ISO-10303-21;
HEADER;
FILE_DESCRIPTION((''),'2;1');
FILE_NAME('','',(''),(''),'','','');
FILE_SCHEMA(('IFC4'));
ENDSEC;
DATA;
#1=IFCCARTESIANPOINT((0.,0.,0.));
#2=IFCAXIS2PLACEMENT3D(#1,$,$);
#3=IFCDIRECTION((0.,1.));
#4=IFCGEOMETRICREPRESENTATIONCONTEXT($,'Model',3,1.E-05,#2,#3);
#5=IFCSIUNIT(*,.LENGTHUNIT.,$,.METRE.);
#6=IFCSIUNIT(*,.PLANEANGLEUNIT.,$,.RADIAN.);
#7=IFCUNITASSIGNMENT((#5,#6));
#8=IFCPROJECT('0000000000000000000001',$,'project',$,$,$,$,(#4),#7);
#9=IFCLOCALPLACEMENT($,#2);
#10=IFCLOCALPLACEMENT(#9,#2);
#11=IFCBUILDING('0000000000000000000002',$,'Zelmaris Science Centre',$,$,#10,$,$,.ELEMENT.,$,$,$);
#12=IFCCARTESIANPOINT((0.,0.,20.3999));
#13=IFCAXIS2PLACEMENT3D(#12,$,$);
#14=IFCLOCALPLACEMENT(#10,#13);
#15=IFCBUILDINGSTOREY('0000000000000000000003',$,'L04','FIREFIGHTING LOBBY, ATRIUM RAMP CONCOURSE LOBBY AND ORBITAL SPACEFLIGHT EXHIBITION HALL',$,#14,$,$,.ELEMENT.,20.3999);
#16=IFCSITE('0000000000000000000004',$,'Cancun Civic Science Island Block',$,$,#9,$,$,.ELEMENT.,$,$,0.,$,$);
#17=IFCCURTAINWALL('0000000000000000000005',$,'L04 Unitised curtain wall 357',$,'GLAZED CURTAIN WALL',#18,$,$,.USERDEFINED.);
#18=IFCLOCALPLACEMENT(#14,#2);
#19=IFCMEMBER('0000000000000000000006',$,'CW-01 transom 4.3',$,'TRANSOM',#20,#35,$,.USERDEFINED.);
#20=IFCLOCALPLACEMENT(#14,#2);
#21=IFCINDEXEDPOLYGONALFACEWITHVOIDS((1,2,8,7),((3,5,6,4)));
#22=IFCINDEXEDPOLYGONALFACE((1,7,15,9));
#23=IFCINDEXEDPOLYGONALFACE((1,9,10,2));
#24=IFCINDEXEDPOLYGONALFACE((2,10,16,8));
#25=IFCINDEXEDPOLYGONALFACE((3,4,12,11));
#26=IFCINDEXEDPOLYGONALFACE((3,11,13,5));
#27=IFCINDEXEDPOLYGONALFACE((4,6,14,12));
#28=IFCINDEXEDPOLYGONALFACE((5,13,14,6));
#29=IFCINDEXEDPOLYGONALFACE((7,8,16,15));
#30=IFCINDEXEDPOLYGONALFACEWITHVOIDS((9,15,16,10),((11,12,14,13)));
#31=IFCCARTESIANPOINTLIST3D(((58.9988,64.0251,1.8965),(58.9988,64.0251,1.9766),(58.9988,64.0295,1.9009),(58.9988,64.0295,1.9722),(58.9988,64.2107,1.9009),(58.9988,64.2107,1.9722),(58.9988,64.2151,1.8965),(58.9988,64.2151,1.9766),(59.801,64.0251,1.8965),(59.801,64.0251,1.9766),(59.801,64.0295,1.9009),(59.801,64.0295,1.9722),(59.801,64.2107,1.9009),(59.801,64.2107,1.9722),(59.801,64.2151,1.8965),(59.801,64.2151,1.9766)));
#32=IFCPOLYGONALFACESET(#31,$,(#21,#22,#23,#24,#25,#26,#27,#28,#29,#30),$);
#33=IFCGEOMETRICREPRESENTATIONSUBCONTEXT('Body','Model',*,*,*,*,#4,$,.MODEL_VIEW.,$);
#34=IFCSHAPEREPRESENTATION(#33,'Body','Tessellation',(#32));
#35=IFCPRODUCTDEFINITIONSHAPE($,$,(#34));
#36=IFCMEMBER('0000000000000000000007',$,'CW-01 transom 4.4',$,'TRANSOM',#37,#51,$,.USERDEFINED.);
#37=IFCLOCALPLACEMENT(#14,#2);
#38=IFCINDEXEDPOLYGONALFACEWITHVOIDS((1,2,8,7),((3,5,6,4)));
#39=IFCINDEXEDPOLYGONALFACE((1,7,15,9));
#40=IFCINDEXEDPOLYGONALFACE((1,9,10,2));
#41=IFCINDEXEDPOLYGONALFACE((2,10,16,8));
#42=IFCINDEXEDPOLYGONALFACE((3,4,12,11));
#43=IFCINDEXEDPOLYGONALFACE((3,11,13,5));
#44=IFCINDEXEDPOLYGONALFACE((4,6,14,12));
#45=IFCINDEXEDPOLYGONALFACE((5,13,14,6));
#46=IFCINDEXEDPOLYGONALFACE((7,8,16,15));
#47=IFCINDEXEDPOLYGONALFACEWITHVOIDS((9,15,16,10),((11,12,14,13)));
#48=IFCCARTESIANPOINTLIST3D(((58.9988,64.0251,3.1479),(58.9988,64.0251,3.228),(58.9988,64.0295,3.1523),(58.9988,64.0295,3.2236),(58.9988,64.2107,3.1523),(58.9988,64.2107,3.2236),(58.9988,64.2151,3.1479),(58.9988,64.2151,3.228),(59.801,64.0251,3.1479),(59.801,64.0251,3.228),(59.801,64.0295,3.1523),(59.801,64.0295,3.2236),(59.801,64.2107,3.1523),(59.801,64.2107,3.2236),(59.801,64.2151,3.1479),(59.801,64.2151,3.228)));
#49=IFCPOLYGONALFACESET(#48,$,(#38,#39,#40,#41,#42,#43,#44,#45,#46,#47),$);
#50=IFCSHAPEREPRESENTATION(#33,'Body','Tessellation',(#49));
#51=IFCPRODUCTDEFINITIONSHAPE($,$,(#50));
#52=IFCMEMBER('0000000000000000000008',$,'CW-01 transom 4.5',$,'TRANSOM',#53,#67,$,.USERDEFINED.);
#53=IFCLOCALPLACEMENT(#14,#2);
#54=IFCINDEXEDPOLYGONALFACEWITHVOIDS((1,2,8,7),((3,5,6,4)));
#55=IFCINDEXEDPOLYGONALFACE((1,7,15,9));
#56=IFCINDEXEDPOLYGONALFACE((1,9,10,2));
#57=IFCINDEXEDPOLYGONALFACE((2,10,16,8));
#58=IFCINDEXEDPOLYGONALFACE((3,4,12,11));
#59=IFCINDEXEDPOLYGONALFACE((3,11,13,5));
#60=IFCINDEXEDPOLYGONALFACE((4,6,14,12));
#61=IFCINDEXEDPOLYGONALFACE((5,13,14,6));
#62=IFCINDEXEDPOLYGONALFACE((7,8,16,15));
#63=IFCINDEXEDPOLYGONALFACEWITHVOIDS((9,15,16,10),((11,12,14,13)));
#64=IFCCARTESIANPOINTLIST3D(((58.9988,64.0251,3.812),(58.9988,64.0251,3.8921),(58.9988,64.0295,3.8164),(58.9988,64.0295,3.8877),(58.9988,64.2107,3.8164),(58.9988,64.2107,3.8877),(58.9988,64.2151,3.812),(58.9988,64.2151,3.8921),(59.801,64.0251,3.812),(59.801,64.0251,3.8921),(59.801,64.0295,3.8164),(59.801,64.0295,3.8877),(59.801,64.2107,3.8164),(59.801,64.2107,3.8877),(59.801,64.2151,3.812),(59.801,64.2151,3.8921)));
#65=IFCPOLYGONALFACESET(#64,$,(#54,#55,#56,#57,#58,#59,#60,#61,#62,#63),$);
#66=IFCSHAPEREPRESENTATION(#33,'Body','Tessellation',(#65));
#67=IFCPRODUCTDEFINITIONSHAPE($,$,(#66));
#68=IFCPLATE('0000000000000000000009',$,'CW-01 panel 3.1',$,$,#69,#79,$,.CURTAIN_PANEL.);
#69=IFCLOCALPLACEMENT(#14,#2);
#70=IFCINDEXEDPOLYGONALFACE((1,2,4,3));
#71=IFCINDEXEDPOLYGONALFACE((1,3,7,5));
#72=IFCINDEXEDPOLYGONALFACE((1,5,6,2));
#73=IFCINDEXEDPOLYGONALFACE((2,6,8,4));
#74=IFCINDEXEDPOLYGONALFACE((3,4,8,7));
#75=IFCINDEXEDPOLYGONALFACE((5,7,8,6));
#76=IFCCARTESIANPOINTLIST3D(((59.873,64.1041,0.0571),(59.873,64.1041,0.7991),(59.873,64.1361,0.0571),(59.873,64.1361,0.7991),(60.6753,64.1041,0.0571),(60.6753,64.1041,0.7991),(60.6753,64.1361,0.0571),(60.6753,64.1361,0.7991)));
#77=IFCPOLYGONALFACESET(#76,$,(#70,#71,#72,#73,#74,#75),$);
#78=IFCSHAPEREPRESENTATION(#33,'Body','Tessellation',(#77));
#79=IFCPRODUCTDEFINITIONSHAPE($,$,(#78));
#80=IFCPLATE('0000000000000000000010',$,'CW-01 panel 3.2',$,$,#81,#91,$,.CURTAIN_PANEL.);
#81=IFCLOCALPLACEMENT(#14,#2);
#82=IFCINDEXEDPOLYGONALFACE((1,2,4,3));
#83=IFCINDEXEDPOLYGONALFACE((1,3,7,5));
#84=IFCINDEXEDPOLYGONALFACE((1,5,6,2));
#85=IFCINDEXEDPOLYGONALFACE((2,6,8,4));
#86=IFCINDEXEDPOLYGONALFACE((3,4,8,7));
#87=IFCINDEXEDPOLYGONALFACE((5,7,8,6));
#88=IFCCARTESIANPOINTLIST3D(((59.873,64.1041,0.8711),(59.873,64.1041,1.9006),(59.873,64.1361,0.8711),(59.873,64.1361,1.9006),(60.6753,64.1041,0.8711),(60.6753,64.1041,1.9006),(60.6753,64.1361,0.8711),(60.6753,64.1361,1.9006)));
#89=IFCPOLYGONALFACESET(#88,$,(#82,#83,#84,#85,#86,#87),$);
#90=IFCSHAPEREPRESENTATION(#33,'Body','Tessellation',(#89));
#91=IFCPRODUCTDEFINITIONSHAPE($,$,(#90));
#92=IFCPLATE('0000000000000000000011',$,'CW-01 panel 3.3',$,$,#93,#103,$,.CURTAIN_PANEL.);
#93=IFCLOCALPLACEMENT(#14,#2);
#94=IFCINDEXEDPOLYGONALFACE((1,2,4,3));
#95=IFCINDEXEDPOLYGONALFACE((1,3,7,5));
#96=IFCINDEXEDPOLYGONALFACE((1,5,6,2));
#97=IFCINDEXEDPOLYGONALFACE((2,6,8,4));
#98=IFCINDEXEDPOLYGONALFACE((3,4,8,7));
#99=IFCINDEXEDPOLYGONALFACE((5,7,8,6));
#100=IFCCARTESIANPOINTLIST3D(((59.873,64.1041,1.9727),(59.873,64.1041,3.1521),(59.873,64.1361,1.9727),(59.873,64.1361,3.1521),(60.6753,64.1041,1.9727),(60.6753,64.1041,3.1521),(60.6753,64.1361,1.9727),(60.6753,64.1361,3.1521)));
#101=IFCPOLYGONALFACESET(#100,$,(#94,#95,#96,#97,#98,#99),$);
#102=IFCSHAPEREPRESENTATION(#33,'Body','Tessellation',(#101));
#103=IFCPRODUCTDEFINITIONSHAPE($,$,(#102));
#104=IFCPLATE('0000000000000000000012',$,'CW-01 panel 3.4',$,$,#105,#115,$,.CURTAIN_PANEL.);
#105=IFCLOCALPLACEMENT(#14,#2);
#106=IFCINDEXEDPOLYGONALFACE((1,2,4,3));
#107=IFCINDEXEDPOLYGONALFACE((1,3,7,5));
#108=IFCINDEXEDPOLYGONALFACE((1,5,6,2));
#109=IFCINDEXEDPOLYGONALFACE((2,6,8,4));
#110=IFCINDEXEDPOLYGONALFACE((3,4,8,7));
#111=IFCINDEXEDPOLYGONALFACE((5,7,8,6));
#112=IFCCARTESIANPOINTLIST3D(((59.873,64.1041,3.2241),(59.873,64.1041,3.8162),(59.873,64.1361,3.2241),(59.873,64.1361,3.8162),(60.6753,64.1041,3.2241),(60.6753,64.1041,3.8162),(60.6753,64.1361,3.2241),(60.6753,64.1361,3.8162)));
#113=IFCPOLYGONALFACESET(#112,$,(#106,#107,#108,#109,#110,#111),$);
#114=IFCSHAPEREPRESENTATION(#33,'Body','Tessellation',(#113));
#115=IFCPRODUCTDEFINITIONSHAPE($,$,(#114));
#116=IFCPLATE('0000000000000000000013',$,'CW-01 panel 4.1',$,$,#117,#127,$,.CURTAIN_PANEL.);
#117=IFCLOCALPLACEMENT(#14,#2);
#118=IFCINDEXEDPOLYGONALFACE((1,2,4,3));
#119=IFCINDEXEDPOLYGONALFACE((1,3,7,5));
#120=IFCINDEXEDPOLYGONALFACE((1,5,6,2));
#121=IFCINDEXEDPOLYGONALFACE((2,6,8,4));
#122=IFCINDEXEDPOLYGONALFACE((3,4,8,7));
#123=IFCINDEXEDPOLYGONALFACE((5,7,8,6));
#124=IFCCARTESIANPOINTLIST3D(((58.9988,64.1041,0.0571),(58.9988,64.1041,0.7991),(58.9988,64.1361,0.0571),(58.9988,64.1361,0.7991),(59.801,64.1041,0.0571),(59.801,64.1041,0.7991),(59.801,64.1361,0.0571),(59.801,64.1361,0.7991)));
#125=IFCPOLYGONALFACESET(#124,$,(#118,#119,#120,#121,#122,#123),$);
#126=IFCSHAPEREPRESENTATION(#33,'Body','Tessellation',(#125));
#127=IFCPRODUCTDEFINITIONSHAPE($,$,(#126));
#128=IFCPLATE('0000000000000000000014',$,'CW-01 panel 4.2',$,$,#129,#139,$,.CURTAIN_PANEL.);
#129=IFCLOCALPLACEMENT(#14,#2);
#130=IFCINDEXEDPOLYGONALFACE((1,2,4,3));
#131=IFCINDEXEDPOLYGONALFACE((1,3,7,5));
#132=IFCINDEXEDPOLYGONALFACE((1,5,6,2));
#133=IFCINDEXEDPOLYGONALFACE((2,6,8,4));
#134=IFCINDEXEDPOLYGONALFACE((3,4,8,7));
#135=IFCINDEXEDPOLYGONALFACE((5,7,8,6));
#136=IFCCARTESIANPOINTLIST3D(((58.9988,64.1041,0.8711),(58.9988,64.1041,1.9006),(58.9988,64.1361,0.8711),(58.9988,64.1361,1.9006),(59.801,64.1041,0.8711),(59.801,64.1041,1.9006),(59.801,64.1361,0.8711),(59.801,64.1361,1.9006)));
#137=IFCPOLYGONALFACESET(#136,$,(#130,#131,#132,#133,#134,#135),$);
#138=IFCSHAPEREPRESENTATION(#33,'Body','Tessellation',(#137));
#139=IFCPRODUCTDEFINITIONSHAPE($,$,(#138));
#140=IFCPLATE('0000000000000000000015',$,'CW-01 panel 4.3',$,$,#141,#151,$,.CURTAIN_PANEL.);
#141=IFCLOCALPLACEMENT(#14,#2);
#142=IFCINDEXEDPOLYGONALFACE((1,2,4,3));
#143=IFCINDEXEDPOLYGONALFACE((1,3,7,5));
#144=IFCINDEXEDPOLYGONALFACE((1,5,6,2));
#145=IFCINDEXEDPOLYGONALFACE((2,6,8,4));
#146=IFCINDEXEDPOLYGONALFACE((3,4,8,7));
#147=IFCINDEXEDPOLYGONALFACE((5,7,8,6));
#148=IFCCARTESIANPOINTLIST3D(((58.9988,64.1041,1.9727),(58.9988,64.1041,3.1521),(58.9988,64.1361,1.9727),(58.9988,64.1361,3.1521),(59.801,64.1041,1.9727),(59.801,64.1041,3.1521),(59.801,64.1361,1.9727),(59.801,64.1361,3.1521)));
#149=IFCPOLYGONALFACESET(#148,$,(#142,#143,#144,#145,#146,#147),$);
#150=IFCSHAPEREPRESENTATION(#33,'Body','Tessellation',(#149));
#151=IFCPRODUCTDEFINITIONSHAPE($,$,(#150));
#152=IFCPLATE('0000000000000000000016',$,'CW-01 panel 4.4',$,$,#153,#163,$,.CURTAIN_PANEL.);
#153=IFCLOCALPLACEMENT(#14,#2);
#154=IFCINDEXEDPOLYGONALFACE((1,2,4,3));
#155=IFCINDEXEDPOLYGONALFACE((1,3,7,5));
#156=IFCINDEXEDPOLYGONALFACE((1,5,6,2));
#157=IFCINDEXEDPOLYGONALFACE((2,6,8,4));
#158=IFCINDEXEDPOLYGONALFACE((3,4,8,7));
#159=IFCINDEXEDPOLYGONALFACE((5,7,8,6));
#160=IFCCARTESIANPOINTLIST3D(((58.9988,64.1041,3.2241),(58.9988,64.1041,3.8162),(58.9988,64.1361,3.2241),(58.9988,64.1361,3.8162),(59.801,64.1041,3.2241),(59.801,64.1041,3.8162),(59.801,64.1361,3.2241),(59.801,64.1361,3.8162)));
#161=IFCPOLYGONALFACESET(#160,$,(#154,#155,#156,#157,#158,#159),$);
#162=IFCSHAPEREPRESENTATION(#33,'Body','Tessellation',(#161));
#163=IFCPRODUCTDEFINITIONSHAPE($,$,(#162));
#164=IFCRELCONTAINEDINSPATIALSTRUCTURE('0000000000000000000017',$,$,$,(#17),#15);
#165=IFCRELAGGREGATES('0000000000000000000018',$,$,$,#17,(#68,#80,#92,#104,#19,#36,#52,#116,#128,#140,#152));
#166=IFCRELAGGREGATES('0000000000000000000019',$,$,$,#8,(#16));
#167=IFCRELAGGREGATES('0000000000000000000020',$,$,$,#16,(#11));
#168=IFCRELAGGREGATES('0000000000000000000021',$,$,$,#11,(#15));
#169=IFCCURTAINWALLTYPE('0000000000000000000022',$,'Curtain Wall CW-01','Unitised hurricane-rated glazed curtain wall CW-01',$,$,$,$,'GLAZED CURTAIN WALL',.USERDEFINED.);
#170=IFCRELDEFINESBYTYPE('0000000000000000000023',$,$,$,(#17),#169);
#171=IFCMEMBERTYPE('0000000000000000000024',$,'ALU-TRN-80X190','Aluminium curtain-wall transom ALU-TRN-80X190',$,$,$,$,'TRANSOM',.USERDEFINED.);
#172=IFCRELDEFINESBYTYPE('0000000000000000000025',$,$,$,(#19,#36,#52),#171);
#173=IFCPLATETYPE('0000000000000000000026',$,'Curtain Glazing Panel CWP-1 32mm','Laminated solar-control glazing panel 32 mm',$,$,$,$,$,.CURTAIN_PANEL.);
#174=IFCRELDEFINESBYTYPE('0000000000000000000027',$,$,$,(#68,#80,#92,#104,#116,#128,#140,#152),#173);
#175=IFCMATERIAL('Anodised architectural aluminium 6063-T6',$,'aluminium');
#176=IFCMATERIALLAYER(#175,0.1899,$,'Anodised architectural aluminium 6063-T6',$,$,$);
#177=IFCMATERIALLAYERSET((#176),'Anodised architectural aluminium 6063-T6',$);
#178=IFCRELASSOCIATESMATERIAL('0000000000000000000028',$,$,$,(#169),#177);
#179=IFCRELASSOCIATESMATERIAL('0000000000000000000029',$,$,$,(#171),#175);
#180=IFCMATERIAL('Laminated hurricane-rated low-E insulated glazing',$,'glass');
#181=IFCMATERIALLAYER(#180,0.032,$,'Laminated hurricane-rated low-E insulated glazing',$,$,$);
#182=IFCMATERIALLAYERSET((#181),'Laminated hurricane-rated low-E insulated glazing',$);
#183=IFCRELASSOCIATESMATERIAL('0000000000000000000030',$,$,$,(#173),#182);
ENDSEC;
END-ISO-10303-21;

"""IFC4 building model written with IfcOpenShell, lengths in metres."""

from ifc_helpers import new_model, si_unit, direction, frame, origin, origin_2d, place, context, subcontext, project, spatial, rectangle, hollow_rectangle, extrude, material, layer, layer_set, material_profile, profile_set, type_object, element, aggregate, save


model = new_model("IFC4")

# Units and contexts
model_context = context("Model", 3, precision=1e-05, world=origin(), true_north=direction((0.0, 1.0)))
body_context = subcontext(model_context, "Body", "Model", "MODEL_VIEW")
ifc_project = project(units=[si_unit("LENGTHUNIT", "METRE"), si_unit("PLANEANGLEUNIT", "RADIAN")], contexts=[model_context])

# Site, building, storey
site_placement = place(None, origin())
site = spatial("IfcSite", under=ifc_project, at=site_placement, Name="Cancun Civic Science Island Block", CompositionType="ELEMENT", RefElevation=0.0)
building_placement = place(site_placement, origin())
building = spatial("IfcBuilding", under=site, at=building_placement, Name="Zelmaris Science Centre", CompositionType="ELEMENT")
storey_placement = place(building_placement, frame((0.0, 0.0, 20.3999)))
storey = spatial("IfcBuildingStorey", under=building, at=storey_placement, Name="L04", Description="FIREFIGHTING LOBBY, ATRIUM RAMP CONCOURSE LOBBY AND ORBITAL SPACEFLIGHT EXHIBITION HALL", CompositionType="ELEMENT", Elevation=20.3999)

# Curtain wall
ifc_material_1 = material(Name="Anodised architectural aluminium 6063-T6", Category="aluminium")
ifc_layer_1 = layer(ifc_material_1, 0.1899, Name="Anodised architectural aluminium 6063-T6")
ifc_layer_set_1 = layer_set([ifc_layer_1], Name="Anodised architectural aluminium 6063-T6")
curtain_wall_type = type_object("IfcCurtainWallType", Name="Curtain Wall CW-01", Description="Unitised hurricane-rated glazed curtain wall CW-01", ElementType="GLAZED CURTAIN WALL", PredefinedType="USERDEFINED", material=ifc_layer_set_1)
curtain_wall_1_placement = place(storey_placement, origin())
curtain_wall_1 = element("IfcCurtainWall", 1, at=curtain_wall_1_placement, inside=storey, type_object=curtain_wall_type, Name="L04 Unitised curtain wall 357", ObjectType="GLAZED CURTAIN WALL", PredefinedType="USERDEFINED")
ifc_material_profile_1 = material_profile(ifc_material_1, hollow_rectangle(XDim=0.0801, YDim=0.1899, WallThickness=0.0044, at=origin_2d()), Name="ALU-TRN-80X190")
ifc_profile_set_1 = profile_set([ifc_material_profile_1], Name="Anodised architectural aluminium 6063-T6")
member_type_1 = type_object("IfcMemberType", Name="ALU-TRN-80X190", Description="Aluminium curtain-wall transom ALU-TRN-80X190", ElementType="TRANSOM", PredefinedType="USERDEFINED", material=ifc_profile_set_1)

# Members
member_1_placement = place(storey_placement, frame((59.801, 64.1201, 1.9365), z_axis=(-1.0, 0.0, 0.0), x_axis=(0.0, 0.0, 1.0)))
member_1 = element("IfcMember", 2, at=member_1_placement, type_object=member_type_1, Name="CW-01 transom 4.3", ObjectType="TRANSOM", PredefinedType="USERDEFINED", context=body_context, shape_type="SweptSolid", body=[
    extrude(hollow_rectangle(XDim=0.0801, YDim=0.1899, WallThickness=0.0044, at=origin_2d()), origin(), (0.0, 0.0, 1.0), 0.8022),
])
member_2_placement = place(storey_placement, frame((59.801, 64.1201, 3.188), z_axis=(-1.0, 0.0, 0.0), x_axis=(0.0, 0.0, 1.0)))
member_2 = element("IfcMember", 3, at=member_2_placement, type_object=member_type_1, Name="CW-01 transom 4.4", ObjectType="TRANSOM", PredefinedType="USERDEFINED", context=body_context, shape_type="SweptSolid", body=[
    extrude(hollow_rectangle(XDim=0.0801, YDim=0.1899, WallThickness=0.0044, at=origin_2d()), origin(), (0.0, 0.0, 1.0), 0.8022),
])
member_3_placement = place(storey_placement, frame((59.801, 64.1201, 3.8521), z_axis=(-1.0, 0.0, 0.0), x_axis=(0.0, 0.0, 1.0)))
member_3 = element("IfcMember", 4, at=member_3_placement, type_object=member_type_1, Name="CW-01 transom 4.5", ObjectType="TRANSOM", PredefinedType="USERDEFINED", context=body_context, shape_type="SweptSolid", body=[
    extrude(hollow_rectangle(XDim=0.0801, YDim=0.1899, WallThickness=0.0044, at=origin_2d()), origin(), (0.0, 0.0, 1.0), 0.8022),
])

# Plates
ifc_material_2 = material(Name="Laminated hurricane-rated low-E insulated glazing", Category="glass")
ifc_layer_2 = layer(ifc_material_2, 0.032, Name="Laminated hurricane-rated low-E insulated glazing")
ifc_layer_set_2 = layer_set([ifc_layer_2], Name="Laminated hurricane-rated low-E insulated glazing")
plate_type = type_object("IfcPlateType", Name="Curtain Glazing Panel CWP-1 32mm", Description="Laminated solar-control glazing panel 32 mm", PredefinedType="CURTAIN_PANEL", material=ifc_layer_set_2)
plate_1_placement = place(storey_placement, frame((60.2742, 64.1201, 0.0571), z_axis=(0.0, 0.0, 1.0), x_axis=(-1.0, 0.000016, 0.0)))
plate_1 = element("IfcPlate", 5, at=plate_1_placement, type_object=plate_type, Name="CW-01 panel 3.1", PredefinedType="CURTAIN_PANEL", context=body_context, shape_type="SweptSolid", body=[
    extrude(rectangle(XDim=0.8022, YDim=0.032, at=origin_2d()), origin(), (0.0, 0.0, 1.0), 0.7419),
])
plate_2_placement = place(storey_placement, frame((60.2742, 64.1201, 0.8711), z_axis=(0.0, 0.0, 1.0), x_axis=(-1.0, 0.000016, 0.0)))
plate_2 = element("IfcPlate", 6, at=plate_2_placement, type_object=plate_type, Name="CW-01 panel 3.2", PredefinedType="CURTAIN_PANEL", context=body_context, shape_type="SweptSolid", body=[
    extrude(rectangle(XDim=0.8022, YDim=0.032, at=origin_2d()), origin(), (0.0, 0.0, 1.0), 1.0295),
])
plate_3_placement = place(storey_placement, frame((60.2742, 64.1201, 1.9727), z_axis=(0.0, 0.0, 1.0), x_axis=(-1.0, 0.000016, 0.0)))
plate_3 = element("IfcPlate", 7, at=plate_3_placement, type_object=plate_type, Name="CW-01 panel 3.3", PredefinedType="CURTAIN_PANEL", context=body_context, shape_type="SweptSolid", body=[
    extrude(rectangle(XDim=0.8022, YDim=0.032, at=origin_2d()), origin(), (0.0, 0.0, 1.0), 1.1794),
])
plate_4_placement = place(storey_placement, frame((60.2742, 64.1201, 3.2241), z_axis=(0.0, 0.0, 1.0), x_axis=(-1.0, 0.000016, 0.0)))
plate_4 = element("IfcPlate", 8, at=plate_4_placement, type_object=plate_type, Name="CW-01 panel 3.4", PredefinedType="CURTAIN_PANEL", context=body_context, shape_type="SweptSolid", body=[
    extrude(rectangle(XDim=0.8022, YDim=0.032, at=origin_2d()), origin(), (0.0, 0.0, 1.0), 0.592),
])
plate_5_placement = place(storey_placement, frame((59.3999, 64.1201, 0.0571), z_axis=(0.0, 0.0, 1.0), x_axis=(-1.0, 0.000016, 0.0)))
plate_5 = element("IfcPlate", 9, at=plate_5_placement, type_object=plate_type, Name="CW-01 panel 4.1", PredefinedType="CURTAIN_PANEL", context=body_context, shape_type="SweptSolid", body=[
    extrude(rectangle(XDim=0.8022, YDim=0.032, at=origin_2d()), origin(), (0.0, 0.0, 1.0), 0.7419),
])
plate_6_placement = place(storey_placement, frame((59.3999, 64.1201, 0.8711), z_axis=(0.0, 0.0, 1.0), x_axis=(-1.0, 0.000016, 0.0)))
plate_6 = element("IfcPlate", 10, at=plate_6_placement, type_object=plate_type, Name="CW-01 panel 4.2", PredefinedType="CURTAIN_PANEL", context=body_context, shape_type="SweptSolid", body=[
    extrude(rectangle(XDim=0.8022, YDim=0.032, at=origin_2d()), origin(), (0.0, 0.0, 1.0), 1.0295),
])
plate_7_placement = place(storey_placement, frame((59.3999, 64.1201, 1.9727), z_axis=(0.0, 0.0, 1.0), x_axis=(-1.0, 0.000016, 0.0)))
plate_7 = element("IfcPlate", 11, at=plate_7_placement, type_object=plate_type, Name="CW-01 panel 4.3", PredefinedType="CURTAIN_PANEL", context=body_context, shape_type="SweptSolid", body=[
    extrude(rectangle(XDim=0.8022, YDim=0.032, at=origin_2d()), origin(), (0.0, 0.0, 1.0), 1.1794),
])
plate_8_placement = place(storey_placement, frame((59.3999, 64.1201, 3.2241), z_axis=(0.0, 0.0, 1.0), x_axis=(-1.0, 0.000016, 0.0)))
plate_8 = element("IfcPlate", 12, at=plate_8_placement, type_object=plate_type, Name="CW-01 panel 4.4", PredefinedType="CURTAIN_PANEL", context=body_context, shape_type="SweptSolid", body=[
    extrude(rectangle(XDim=0.8022, YDim=0.032, at=origin_2d()), origin(), (0.0, 0.0, 1.0), 0.592),
])
aggregate(curtain_wall_1, [plate_1, plate_2, plate_3, plate_4, member_1, member_2, member_3, plate_5, plate_6, plate_7, plate_8])

save(model, "model.ifc")
